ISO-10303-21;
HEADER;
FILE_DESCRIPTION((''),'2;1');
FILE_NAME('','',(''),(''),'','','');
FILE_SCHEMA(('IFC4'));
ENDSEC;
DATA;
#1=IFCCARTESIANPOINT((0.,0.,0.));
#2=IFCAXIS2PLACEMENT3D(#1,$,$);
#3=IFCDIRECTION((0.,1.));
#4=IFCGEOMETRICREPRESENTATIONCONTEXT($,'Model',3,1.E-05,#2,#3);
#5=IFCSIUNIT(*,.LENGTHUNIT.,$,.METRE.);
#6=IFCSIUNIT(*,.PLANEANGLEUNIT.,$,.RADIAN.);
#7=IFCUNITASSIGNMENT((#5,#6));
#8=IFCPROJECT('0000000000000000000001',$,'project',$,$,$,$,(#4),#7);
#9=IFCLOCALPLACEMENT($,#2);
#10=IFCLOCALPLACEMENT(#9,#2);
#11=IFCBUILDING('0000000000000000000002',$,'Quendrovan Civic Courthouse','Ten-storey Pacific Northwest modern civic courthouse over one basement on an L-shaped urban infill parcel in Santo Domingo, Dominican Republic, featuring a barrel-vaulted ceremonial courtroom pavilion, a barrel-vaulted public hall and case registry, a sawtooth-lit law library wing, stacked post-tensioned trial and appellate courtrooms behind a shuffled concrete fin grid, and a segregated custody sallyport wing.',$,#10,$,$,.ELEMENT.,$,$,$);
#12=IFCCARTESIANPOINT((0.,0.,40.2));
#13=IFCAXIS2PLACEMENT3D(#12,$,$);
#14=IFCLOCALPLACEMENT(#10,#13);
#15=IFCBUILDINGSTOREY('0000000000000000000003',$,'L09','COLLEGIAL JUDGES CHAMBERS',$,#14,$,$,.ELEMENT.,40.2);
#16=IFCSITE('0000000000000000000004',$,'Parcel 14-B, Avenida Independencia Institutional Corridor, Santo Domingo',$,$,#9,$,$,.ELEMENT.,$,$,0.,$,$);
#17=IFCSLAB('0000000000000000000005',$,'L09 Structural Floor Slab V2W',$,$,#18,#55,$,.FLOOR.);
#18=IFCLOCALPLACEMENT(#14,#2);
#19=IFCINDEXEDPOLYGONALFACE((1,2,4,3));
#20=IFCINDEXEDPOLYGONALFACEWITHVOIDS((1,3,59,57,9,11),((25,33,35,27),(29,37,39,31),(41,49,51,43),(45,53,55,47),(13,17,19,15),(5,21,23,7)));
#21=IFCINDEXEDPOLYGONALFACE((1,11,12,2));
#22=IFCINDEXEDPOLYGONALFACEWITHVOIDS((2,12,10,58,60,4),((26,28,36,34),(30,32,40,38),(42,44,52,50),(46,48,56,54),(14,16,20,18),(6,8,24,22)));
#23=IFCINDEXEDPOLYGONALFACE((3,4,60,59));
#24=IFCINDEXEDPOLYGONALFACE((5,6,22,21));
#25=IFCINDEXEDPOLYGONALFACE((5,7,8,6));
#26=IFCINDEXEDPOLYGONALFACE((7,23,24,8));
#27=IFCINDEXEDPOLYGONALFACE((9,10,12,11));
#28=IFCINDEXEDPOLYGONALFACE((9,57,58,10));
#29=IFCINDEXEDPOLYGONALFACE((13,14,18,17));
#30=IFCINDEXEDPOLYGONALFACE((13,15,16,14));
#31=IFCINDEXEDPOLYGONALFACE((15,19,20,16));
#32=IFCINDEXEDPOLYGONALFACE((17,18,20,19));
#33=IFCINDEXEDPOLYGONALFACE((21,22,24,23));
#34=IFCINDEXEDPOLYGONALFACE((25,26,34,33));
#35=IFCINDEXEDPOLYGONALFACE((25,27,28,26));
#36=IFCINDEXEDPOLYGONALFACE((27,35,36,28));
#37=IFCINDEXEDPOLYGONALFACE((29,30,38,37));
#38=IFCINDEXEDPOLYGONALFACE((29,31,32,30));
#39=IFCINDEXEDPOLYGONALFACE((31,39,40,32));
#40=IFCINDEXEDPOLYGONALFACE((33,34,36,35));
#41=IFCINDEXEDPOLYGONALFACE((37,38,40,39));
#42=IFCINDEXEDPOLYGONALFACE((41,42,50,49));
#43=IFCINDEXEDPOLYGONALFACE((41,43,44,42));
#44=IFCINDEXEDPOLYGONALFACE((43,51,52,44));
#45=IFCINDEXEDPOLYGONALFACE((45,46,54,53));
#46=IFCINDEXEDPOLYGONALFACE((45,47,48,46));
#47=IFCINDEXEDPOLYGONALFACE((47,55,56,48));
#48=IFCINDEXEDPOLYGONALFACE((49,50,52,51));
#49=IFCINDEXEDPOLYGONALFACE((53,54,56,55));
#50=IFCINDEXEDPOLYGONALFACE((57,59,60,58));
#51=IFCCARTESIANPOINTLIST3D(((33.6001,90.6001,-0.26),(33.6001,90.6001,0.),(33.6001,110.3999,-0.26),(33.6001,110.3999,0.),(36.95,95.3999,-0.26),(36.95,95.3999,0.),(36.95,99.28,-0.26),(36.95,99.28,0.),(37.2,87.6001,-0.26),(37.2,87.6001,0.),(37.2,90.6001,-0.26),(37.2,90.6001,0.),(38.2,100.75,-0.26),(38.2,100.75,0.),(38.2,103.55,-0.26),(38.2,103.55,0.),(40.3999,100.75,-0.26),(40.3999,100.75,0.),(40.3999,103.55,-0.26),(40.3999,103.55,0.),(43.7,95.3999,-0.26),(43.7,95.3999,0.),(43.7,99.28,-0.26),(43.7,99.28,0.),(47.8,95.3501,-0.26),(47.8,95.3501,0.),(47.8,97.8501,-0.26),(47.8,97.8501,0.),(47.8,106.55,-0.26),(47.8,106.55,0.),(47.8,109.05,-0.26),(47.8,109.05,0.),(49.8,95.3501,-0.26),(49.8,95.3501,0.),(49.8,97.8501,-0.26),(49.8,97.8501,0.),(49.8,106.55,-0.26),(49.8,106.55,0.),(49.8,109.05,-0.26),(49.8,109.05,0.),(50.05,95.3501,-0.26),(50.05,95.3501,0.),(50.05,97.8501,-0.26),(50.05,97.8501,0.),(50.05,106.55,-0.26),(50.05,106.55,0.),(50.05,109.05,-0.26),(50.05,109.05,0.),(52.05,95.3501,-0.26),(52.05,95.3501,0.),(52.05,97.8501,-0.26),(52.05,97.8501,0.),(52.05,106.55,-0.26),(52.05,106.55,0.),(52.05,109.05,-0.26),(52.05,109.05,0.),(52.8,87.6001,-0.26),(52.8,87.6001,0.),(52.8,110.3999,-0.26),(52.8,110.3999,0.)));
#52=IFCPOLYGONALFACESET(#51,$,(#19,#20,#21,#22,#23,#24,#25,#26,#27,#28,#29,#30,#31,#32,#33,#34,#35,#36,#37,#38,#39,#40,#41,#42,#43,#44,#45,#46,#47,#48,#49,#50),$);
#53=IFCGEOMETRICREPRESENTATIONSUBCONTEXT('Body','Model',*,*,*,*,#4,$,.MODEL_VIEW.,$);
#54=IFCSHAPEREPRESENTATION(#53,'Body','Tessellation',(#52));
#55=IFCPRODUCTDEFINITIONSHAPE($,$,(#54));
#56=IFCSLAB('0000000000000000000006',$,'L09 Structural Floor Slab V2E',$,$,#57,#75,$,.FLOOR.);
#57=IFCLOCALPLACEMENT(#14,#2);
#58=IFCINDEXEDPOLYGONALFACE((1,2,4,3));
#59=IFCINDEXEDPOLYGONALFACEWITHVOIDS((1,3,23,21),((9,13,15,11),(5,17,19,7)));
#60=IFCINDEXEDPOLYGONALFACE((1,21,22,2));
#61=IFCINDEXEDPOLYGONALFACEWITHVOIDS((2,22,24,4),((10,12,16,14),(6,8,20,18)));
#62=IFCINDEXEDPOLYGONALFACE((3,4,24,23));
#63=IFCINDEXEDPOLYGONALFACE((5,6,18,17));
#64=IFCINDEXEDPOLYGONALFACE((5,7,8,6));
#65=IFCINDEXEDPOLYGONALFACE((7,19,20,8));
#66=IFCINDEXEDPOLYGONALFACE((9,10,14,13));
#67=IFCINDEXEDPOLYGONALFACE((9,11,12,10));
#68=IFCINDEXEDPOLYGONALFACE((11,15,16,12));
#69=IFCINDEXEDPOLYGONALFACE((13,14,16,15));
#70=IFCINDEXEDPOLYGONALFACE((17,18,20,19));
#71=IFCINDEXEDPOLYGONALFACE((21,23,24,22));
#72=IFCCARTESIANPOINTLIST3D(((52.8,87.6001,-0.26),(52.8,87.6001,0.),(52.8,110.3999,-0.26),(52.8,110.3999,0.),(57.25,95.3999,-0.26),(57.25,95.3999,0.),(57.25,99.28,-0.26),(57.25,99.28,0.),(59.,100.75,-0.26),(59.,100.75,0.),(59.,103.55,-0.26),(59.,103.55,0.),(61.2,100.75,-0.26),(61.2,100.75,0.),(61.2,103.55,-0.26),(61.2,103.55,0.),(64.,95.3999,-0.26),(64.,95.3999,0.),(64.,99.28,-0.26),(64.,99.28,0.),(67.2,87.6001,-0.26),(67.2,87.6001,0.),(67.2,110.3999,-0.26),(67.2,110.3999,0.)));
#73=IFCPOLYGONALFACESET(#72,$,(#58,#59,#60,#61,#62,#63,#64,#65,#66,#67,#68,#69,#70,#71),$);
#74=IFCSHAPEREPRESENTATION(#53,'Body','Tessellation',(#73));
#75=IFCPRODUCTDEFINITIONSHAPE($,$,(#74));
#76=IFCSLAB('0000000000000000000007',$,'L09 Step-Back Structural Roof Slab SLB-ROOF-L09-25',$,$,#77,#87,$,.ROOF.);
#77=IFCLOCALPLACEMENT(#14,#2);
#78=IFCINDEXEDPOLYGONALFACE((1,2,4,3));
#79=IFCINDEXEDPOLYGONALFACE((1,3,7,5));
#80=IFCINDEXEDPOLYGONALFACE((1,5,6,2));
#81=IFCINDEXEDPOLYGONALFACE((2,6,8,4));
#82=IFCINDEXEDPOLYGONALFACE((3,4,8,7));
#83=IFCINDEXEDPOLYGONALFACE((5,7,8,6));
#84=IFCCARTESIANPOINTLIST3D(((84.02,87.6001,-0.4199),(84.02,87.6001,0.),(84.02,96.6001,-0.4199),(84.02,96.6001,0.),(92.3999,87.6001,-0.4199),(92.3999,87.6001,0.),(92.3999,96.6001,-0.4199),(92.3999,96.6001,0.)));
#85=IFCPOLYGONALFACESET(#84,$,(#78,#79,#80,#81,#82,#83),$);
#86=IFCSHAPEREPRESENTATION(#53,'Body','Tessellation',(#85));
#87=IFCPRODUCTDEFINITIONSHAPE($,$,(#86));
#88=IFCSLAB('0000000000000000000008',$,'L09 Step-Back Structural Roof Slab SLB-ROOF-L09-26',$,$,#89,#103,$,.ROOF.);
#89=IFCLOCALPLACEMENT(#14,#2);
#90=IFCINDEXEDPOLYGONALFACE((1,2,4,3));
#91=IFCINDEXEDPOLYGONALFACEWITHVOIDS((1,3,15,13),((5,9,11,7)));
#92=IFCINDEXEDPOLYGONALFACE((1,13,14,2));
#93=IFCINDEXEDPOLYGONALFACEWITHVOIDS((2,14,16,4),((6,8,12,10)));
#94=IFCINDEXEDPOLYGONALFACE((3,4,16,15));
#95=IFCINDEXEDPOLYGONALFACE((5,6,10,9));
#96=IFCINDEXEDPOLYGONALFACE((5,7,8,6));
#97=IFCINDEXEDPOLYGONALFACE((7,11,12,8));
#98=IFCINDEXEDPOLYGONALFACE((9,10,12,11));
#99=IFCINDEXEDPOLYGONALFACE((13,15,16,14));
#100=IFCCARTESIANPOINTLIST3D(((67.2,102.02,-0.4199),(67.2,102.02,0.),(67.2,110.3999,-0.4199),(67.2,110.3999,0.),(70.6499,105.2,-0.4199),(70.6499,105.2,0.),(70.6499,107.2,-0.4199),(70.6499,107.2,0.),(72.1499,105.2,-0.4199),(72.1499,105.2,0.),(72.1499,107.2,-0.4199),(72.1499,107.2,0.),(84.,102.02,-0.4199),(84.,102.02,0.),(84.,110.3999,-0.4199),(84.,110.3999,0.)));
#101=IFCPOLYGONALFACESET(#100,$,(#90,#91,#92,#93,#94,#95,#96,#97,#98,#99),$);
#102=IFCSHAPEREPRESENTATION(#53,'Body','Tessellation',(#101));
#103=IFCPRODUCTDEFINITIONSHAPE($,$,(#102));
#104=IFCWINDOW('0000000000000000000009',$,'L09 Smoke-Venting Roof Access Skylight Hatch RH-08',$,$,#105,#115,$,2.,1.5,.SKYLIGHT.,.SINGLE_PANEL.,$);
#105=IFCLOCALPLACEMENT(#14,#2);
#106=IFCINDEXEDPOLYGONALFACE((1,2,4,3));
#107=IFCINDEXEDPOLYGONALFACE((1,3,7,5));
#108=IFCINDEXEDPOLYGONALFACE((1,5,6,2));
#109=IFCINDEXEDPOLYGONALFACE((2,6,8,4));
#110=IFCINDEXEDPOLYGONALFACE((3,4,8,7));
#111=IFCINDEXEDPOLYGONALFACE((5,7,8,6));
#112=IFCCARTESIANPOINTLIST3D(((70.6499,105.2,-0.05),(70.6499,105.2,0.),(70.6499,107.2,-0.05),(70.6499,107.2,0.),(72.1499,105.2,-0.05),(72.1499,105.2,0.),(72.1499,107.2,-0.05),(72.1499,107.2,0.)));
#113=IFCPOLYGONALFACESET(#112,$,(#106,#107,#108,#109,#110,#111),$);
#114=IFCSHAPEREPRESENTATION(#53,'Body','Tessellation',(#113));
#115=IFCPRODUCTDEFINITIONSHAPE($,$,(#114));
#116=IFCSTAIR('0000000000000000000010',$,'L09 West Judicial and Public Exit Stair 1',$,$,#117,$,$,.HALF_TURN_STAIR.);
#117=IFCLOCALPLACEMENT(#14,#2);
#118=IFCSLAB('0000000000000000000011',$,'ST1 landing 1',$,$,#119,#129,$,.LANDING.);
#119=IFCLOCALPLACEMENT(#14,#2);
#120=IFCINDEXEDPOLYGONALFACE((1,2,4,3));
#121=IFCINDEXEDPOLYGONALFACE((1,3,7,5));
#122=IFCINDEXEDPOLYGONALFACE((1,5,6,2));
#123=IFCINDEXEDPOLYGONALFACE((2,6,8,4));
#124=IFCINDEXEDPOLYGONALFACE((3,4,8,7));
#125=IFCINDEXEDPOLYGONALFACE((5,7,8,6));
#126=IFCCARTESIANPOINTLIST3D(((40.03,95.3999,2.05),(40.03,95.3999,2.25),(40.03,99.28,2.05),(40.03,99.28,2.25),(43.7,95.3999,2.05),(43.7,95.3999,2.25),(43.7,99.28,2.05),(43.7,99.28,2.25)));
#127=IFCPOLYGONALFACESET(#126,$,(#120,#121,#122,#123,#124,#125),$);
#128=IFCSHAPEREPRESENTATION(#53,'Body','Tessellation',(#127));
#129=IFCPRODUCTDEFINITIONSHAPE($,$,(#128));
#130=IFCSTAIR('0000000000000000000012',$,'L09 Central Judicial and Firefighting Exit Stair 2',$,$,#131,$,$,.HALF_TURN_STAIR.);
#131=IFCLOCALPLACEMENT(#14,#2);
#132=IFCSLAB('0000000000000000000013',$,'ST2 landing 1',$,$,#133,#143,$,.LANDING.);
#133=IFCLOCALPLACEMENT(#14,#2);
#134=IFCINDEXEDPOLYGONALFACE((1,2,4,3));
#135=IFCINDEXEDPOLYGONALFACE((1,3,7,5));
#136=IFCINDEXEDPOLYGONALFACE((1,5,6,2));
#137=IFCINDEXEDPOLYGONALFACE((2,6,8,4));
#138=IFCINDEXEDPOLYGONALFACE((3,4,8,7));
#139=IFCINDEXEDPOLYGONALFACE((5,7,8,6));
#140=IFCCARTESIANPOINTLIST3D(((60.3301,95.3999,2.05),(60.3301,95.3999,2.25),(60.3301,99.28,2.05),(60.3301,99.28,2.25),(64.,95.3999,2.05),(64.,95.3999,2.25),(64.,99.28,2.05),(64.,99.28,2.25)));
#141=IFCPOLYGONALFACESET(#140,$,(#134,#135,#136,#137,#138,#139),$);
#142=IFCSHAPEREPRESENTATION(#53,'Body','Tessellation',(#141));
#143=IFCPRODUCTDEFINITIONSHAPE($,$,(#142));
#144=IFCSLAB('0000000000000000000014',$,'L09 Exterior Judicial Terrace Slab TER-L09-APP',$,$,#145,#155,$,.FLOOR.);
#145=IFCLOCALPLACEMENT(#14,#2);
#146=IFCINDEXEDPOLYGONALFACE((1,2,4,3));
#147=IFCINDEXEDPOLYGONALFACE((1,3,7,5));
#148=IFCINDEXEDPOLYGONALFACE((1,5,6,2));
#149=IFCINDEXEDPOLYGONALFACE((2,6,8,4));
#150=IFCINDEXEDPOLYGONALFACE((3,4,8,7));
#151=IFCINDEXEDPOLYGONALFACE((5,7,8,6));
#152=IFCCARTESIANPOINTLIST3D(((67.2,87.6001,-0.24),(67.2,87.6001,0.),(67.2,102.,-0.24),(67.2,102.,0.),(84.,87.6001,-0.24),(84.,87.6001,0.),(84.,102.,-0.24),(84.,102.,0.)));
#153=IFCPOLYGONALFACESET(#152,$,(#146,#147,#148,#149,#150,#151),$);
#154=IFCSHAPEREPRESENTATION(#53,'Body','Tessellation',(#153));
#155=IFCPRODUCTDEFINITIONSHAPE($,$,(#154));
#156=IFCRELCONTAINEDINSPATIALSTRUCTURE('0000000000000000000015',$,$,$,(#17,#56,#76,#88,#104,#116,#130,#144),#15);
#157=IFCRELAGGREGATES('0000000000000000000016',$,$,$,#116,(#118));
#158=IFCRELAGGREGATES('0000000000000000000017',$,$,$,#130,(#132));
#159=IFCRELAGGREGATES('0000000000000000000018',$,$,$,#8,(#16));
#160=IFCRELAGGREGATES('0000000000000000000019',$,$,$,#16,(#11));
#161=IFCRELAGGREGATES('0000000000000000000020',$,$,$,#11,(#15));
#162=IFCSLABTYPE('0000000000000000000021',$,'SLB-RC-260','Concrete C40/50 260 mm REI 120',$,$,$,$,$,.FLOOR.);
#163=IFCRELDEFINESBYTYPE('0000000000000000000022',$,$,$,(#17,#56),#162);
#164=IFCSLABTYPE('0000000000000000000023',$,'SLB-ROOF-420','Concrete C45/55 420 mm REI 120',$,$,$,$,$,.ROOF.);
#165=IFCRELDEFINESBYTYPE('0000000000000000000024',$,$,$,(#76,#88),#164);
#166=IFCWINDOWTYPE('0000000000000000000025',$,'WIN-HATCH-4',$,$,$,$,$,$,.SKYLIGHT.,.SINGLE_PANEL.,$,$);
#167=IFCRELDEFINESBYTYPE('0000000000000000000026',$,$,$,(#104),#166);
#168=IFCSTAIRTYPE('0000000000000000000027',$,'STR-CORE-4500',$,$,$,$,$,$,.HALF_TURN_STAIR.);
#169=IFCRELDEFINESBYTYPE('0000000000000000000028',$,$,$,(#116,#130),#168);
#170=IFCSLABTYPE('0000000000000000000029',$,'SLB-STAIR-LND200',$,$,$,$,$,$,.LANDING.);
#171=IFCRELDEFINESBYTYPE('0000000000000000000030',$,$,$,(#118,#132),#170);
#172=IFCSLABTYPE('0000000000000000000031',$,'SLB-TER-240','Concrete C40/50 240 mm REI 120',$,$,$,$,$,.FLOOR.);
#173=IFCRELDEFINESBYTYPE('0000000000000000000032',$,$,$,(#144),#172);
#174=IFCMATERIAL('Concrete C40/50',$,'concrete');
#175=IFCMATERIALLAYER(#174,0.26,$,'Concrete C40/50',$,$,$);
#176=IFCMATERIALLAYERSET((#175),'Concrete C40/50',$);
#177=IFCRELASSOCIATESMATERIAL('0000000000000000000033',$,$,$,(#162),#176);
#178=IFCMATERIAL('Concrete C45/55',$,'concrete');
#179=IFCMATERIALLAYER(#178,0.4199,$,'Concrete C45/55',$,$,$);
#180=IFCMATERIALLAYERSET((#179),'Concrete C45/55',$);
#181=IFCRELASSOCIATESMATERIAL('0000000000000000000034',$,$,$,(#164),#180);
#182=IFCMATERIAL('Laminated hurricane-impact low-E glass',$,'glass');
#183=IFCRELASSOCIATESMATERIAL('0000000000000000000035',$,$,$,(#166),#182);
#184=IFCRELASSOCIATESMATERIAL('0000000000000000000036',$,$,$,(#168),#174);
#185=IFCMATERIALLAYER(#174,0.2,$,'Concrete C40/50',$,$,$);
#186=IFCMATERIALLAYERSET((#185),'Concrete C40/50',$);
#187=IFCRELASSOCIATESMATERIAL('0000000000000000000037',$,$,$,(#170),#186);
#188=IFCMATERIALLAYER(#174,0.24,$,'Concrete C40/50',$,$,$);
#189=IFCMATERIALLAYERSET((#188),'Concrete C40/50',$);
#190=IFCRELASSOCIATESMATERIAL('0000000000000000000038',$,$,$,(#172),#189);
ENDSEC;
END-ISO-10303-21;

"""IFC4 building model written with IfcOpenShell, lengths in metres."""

from ifc_helpers import new_model, si_unit, direction, frame, origin, origin_2d, place, context, subcontext, project, spatial, polyline, rectangle, outline, extrude, material, layer, layer_set, type_object, element, fill, aggregate, save


model = new_model("IFC4")

# Units and contexts
model_context = context("Model", 3, precision=1e-05, world=origin(), true_north=direction((0.0, 1.0)))
body_context = subcontext(model_context, "Body", "Model", "MODEL_VIEW")
ifc_project = project(units=[si_unit("LENGTHUNIT", "METRE"), si_unit("PLANEANGLEUNIT", "RADIAN")], contexts=[model_context])

# Site, building, storey
site_placement = place(None, origin())
site = spatial("IfcSite", under=ifc_project, at=site_placement, Name="Parcel 14-B, Avenida Independencia Institutional Corridor, Santo Domingo", CompositionType="ELEMENT", RefElevation=0.0)
building_placement = place(site_placement, origin())
building = spatial("IfcBuilding", under=site, at=building_placement, Name="Quendrovan Civic Courthouse", Description="Ten-storey Pacific Northwest modern civic courthouse over one basement on an L-shaped urban infill parcel in Santo Domingo, Dominican Republic, featuring a barrel-vaulted ceremonial courtroom pavilion, a barrel-vaulted public hall and case registry, a sawtooth-lit law library wing, stacked post-tensioned trial and appellate courtrooms behind a shuffled concrete fin grid, and a segregated custody sallyport wing.", CompositionType="ELEMENT")
storey_placement = place(building_placement, frame((0.0, 0.0, 40.2)))
storey = spatial("IfcBuildingStorey", under=building, at=storey_placement, Name="L09", Description="COLLEGIAL JUDGES CHAMBERS", CompositionType="ELEMENT", Elevation=40.2)

# Shared definitions
ifc_material_1 = material(Name="Concrete C45/55", Category="concrete")

# Shared definitions
ifc_material_2 = material(Name="Concrete C40/50", Category="concrete")

# Slabs
ifc_layer_1 = layer(ifc_material_2, 0.26, Name="Concrete C40/50")
ifc_layer_set_1 = layer_set([ifc_layer_1], Name="Concrete C40/50")
slab_type_1 = type_object("IfcSlabType", Name="SLB-RC-260", Description="Concrete C40/50 260 mm REI 120", PredefinedType="FLOOR", material=ifc_layer_set_1)
slab_1_placement = place(storey_placement, frame((0.0, 0.0, -0.26)))
element("IfcSlab", 1, at=slab_1_placement, inside=storey, type_object=slab_type_1, Name="L09 Structural Floor Slab V2W", PredefinedType="FLOOR", context=body_context, shape_type="SweptSolid", body=[
    extrude(outline(polyline([(52.8, 110.3999), (52.8, 87.6001), (37.2, 87.6001), (37.2, 90.6001), (33.6001, 90.6001), (33.6001, 110.3999), (52.8, 110.3999)]), holes=[polyline([(47.8, 97.8501), (47.8, 95.3501), (49.8, 95.3501), (49.8, 97.8501), (47.8, 97.8501)]), polyline([(52.05, 97.8501), (50.05, 97.8501), (50.05, 95.3501), (52.05, 95.3501), (52.05, 97.8501)]), polyline([(43.7, 99.28), (36.95, 99.28), (36.95, 95.3999), (43.7, 95.3999), (43.7, 99.28)]), polyline([(38.2, 103.55), (38.2, 100.75), (40.3999, 100.75), (40.3999, 103.55), (38.2, 103.55)]), polyline([(49.8, 109.05), (47.8, 109.05), (47.8, 106.55), (49.8, 106.55), (49.8, 109.05)]), polyline([(52.05, 109.05), (50.05, 109.05), (50.05, 106.55), (52.05, 106.55), (52.05, 109.05)])]), origin(), (0.0, 0.0, 1.0), 0.26),
])
slab_2_placement = place(storey_placement, frame((0.0, 0.0, -0.26)))
element("IfcSlab", 2, at=slab_2_placement, inside=storey, type_object=slab_type_1, Name="L09 Structural Floor Slab V2E", PredefinedType="FLOOR", context=body_context, shape_type="SweptSolid", body=[
    extrude(outline(polyline([(52.8, 87.6001), (52.8, 110.3999), (67.2, 110.3999), (67.2, 87.6001), (52.8, 87.6001)]), holes=[polyline([(57.25, 95.3999), (64.0, 95.3999), (64.0, 99.28), (57.25, 99.28), (57.25, 95.3999)]), polyline([(59.0, 100.75), (61.2, 100.75), (61.2, 103.55), (59.0, 103.55), (59.0, 100.75)])]), origin(), (0.0, 0.0, 1.0), 0.26),
])
ifc_layer_2 = layer(ifc_material_1, 0.4199, Name="Concrete C45/55")
ifc_layer_set_2 = layer_set([ifc_layer_2], Name="Concrete C45/55")
slab_type_2 = type_object("IfcSlabType", Name="SLB-ROOF-420", Description="Concrete C45/55 420 mm REI 120", PredefinedType="ROOF", material=ifc_layer_set_2)
slab_3_placement = place(storey_placement, frame((0.0, 0.0, -0.4199)))
element("IfcSlab", 3, at=slab_3_placement, inside=storey, type_object=slab_type_2, Name="L09 Step-Back Structural Roof Slab SLB-ROOF-L09-25", PredefinedType="ROOF", context=body_context, shape_type="SweptSolid", body=[
    extrude(outline(polyline([(92.3999, 96.6001), (92.3999, 87.6001), (84.02, 87.6001), (84.02, 96.6001), (92.3999, 96.6001)])), origin(), (0.0, 0.0, 1.0), 0.4199),
])

# Slab, opening, window
slab_4_placement = place(storey_placement, frame((0.0, 0.0, -0.4199)))
slab_4 = element("IfcSlab", 4, at=slab_4_placement, inside=storey, type_object=slab_type_2, Name="L09 Step-Back Structural Roof Slab SLB-ROOF-L09-26", PredefinedType="ROOF", context=body_context, shape_type="SweptSolid", body=[
    extrude(outline(polyline([(84.0, 110.3999), (84.0, 102.02), (67.2, 102.02), (67.2, 110.3999), (84.0, 110.3999)])), origin(), (0.0, 0.0, 1.0), 0.4199),
])
opening_1_placement = place(slab_4_placement, frame((71.3999, 106.2, 0.0)))
opening_1 = element("IfcOpeningElement", 5, at=opening_1_placement, cuts=slab_4, PredefinedType="OPENING", context=body_context, shape_type="SweptSolid", body=[
    extrude(rectangle(XDim=1.5, YDim=2.0, at=origin_2d()), frame((0.0, 0.0, -0.01)), (0.0, 0.0, 1.0), 0.4399),
])
ifc_material_3 = material(Name="Laminated hurricane-impact low-E glass", Category="glass")
window_type_1 = type_object("IfcWindowType", Name="WIN-HATCH-4", PartitioningType="SINGLE_PANEL", PredefinedType="SKYLIGHT", material=ifc_material_3)
window_1_placement = place(opening_1_placement, frame((0.0, 0.0, 0.3699)))
window_1 = element("IfcWindow", 6, at=window_1_placement, inside=storey, type_object=window_type_1, Name="L09 Smoke-Venting Roof Access Skylight Hatch RH-08", OverallHeight=2.0, OverallWidth=1.5, PartitioningType="SINGLE_PANEL", PredefinedType="SKYLIGHT", context=body_context, shape_type="SweptSolid", body=[
    extrude(rectangle(XDim=1.5, YDim=2.0, at=origin_2d()), origin(), (0.0, 0.0, 1.0), 0.05),
])
fill(opening_1, window_1)

# Stairs, slabs
stair_type = type_object("IfcStairType", Name="STR-CORE-4500", PredefinedType="HALF_TURN_STAIR", material=ifc_material_2)
stair_1_placement = place(storey_placement, origin())
stair_1 = element("IfcStair", 7, at=stair_1_placement, inside=storey, type_object=stair_type, Name="L09 West Judicial and Public Exit Stair 1", PredefinedType="HALF_TURN_STAIR")
ifc_layer_3 = layer(ifc_material_2, 0.2, Name="Concrete C40/50")
ifc_layer_set_3 = layer_set([ifc_layer_3], Name="Concrete C40/50")
slab_type_3 = type_object("IfcSlabType", Name="SLB-STAIR-LND200", PredefinedType="LANDING", material=ifc_layer_set_3)
slab_5_placement = place(storey_placement, frame((0.0, 0.0, 2.05)))
slab_5 = element("IfcSlab", 8, at=slab_5_placement, type_object=slab_type_3, Name="ST1 landing 1", PredefinedType="LANDING", context=body_context, shape_type="SweptSolid", body=[
    extrude(outline(polyline([(40.03, 95.3999), (43.7, 95.3999), (43.7, 99.28), (40.03, 99.28), (40.03, 95.3999)])), origin(), (0.0, 0.0, 1.0), 0.2),
])
aggregate(stair_1, [slab_5])
stair_2_placement = place(storey_placement, origin())
stair_2 = element("IfcStair", 9, at=stair_2_placement, inside=storey, type_object=stair_type, Name="L09 Central Judicial and Firefighting Exit Stair 2", PredefinedType="HALF_TURN_STAIR")
slab_6_placement = place(storey_placement, frame((0.0, 0.0, 2.05)))
slab_6 = element("IfcSlab", 10, at=slab_6_placement, type_object=slab_type_3, Name="ST2 landing 1", PredefinedType="LANDING", context=body_context, shape_type="SweptSolid", body=[
    extrude(outline(polyline([(60.3301, 95.3999), (64.0, 95.3999), (64.0, 99.28), (60.3301, 99.28), (60.3301, 95.3999)])), origin(), (0.0, 0.0, 1.0), 0.2),
])
aggregate(stair_2, [slab_6])

# Slab
ifc_layer_4 = layer(ifc_material_2, 0.24, Name="Concrete C40/50")
ifc_layer_set_4 = layer_set([ifc_layer_4], Name="Concrete C40/50")
slab_type_4 = type_object("IfcSlabType", Name="SLB-TER-240", Description="Concrete C40/50 240 mm REI 120", PredefinedType="FLOOR", material=ifc_layer_set_4)
slab_7_placement = place(storey_placement, frame((0.0, 0.0, -0.24)))
element("IfcSlab", 11, at=slab_7_placement, inside=storey, type_object=slab_type_4, Name="L09 Exterior Judicial Terrace Slab TER-L09-APP", PredefinedType="FLOOR", context=body_context, shape_type="SweptSolid", body=[
    extrude(outline(polyline([(84.0, 87.6001), (84.0, 102.0), (67.2, 102.0), (67.2, 87.6001), (84.0, 87.6001)])), origin(), (0.0, 0.0, 1.0), 0.24),
])

save(model, "model.ifc")
